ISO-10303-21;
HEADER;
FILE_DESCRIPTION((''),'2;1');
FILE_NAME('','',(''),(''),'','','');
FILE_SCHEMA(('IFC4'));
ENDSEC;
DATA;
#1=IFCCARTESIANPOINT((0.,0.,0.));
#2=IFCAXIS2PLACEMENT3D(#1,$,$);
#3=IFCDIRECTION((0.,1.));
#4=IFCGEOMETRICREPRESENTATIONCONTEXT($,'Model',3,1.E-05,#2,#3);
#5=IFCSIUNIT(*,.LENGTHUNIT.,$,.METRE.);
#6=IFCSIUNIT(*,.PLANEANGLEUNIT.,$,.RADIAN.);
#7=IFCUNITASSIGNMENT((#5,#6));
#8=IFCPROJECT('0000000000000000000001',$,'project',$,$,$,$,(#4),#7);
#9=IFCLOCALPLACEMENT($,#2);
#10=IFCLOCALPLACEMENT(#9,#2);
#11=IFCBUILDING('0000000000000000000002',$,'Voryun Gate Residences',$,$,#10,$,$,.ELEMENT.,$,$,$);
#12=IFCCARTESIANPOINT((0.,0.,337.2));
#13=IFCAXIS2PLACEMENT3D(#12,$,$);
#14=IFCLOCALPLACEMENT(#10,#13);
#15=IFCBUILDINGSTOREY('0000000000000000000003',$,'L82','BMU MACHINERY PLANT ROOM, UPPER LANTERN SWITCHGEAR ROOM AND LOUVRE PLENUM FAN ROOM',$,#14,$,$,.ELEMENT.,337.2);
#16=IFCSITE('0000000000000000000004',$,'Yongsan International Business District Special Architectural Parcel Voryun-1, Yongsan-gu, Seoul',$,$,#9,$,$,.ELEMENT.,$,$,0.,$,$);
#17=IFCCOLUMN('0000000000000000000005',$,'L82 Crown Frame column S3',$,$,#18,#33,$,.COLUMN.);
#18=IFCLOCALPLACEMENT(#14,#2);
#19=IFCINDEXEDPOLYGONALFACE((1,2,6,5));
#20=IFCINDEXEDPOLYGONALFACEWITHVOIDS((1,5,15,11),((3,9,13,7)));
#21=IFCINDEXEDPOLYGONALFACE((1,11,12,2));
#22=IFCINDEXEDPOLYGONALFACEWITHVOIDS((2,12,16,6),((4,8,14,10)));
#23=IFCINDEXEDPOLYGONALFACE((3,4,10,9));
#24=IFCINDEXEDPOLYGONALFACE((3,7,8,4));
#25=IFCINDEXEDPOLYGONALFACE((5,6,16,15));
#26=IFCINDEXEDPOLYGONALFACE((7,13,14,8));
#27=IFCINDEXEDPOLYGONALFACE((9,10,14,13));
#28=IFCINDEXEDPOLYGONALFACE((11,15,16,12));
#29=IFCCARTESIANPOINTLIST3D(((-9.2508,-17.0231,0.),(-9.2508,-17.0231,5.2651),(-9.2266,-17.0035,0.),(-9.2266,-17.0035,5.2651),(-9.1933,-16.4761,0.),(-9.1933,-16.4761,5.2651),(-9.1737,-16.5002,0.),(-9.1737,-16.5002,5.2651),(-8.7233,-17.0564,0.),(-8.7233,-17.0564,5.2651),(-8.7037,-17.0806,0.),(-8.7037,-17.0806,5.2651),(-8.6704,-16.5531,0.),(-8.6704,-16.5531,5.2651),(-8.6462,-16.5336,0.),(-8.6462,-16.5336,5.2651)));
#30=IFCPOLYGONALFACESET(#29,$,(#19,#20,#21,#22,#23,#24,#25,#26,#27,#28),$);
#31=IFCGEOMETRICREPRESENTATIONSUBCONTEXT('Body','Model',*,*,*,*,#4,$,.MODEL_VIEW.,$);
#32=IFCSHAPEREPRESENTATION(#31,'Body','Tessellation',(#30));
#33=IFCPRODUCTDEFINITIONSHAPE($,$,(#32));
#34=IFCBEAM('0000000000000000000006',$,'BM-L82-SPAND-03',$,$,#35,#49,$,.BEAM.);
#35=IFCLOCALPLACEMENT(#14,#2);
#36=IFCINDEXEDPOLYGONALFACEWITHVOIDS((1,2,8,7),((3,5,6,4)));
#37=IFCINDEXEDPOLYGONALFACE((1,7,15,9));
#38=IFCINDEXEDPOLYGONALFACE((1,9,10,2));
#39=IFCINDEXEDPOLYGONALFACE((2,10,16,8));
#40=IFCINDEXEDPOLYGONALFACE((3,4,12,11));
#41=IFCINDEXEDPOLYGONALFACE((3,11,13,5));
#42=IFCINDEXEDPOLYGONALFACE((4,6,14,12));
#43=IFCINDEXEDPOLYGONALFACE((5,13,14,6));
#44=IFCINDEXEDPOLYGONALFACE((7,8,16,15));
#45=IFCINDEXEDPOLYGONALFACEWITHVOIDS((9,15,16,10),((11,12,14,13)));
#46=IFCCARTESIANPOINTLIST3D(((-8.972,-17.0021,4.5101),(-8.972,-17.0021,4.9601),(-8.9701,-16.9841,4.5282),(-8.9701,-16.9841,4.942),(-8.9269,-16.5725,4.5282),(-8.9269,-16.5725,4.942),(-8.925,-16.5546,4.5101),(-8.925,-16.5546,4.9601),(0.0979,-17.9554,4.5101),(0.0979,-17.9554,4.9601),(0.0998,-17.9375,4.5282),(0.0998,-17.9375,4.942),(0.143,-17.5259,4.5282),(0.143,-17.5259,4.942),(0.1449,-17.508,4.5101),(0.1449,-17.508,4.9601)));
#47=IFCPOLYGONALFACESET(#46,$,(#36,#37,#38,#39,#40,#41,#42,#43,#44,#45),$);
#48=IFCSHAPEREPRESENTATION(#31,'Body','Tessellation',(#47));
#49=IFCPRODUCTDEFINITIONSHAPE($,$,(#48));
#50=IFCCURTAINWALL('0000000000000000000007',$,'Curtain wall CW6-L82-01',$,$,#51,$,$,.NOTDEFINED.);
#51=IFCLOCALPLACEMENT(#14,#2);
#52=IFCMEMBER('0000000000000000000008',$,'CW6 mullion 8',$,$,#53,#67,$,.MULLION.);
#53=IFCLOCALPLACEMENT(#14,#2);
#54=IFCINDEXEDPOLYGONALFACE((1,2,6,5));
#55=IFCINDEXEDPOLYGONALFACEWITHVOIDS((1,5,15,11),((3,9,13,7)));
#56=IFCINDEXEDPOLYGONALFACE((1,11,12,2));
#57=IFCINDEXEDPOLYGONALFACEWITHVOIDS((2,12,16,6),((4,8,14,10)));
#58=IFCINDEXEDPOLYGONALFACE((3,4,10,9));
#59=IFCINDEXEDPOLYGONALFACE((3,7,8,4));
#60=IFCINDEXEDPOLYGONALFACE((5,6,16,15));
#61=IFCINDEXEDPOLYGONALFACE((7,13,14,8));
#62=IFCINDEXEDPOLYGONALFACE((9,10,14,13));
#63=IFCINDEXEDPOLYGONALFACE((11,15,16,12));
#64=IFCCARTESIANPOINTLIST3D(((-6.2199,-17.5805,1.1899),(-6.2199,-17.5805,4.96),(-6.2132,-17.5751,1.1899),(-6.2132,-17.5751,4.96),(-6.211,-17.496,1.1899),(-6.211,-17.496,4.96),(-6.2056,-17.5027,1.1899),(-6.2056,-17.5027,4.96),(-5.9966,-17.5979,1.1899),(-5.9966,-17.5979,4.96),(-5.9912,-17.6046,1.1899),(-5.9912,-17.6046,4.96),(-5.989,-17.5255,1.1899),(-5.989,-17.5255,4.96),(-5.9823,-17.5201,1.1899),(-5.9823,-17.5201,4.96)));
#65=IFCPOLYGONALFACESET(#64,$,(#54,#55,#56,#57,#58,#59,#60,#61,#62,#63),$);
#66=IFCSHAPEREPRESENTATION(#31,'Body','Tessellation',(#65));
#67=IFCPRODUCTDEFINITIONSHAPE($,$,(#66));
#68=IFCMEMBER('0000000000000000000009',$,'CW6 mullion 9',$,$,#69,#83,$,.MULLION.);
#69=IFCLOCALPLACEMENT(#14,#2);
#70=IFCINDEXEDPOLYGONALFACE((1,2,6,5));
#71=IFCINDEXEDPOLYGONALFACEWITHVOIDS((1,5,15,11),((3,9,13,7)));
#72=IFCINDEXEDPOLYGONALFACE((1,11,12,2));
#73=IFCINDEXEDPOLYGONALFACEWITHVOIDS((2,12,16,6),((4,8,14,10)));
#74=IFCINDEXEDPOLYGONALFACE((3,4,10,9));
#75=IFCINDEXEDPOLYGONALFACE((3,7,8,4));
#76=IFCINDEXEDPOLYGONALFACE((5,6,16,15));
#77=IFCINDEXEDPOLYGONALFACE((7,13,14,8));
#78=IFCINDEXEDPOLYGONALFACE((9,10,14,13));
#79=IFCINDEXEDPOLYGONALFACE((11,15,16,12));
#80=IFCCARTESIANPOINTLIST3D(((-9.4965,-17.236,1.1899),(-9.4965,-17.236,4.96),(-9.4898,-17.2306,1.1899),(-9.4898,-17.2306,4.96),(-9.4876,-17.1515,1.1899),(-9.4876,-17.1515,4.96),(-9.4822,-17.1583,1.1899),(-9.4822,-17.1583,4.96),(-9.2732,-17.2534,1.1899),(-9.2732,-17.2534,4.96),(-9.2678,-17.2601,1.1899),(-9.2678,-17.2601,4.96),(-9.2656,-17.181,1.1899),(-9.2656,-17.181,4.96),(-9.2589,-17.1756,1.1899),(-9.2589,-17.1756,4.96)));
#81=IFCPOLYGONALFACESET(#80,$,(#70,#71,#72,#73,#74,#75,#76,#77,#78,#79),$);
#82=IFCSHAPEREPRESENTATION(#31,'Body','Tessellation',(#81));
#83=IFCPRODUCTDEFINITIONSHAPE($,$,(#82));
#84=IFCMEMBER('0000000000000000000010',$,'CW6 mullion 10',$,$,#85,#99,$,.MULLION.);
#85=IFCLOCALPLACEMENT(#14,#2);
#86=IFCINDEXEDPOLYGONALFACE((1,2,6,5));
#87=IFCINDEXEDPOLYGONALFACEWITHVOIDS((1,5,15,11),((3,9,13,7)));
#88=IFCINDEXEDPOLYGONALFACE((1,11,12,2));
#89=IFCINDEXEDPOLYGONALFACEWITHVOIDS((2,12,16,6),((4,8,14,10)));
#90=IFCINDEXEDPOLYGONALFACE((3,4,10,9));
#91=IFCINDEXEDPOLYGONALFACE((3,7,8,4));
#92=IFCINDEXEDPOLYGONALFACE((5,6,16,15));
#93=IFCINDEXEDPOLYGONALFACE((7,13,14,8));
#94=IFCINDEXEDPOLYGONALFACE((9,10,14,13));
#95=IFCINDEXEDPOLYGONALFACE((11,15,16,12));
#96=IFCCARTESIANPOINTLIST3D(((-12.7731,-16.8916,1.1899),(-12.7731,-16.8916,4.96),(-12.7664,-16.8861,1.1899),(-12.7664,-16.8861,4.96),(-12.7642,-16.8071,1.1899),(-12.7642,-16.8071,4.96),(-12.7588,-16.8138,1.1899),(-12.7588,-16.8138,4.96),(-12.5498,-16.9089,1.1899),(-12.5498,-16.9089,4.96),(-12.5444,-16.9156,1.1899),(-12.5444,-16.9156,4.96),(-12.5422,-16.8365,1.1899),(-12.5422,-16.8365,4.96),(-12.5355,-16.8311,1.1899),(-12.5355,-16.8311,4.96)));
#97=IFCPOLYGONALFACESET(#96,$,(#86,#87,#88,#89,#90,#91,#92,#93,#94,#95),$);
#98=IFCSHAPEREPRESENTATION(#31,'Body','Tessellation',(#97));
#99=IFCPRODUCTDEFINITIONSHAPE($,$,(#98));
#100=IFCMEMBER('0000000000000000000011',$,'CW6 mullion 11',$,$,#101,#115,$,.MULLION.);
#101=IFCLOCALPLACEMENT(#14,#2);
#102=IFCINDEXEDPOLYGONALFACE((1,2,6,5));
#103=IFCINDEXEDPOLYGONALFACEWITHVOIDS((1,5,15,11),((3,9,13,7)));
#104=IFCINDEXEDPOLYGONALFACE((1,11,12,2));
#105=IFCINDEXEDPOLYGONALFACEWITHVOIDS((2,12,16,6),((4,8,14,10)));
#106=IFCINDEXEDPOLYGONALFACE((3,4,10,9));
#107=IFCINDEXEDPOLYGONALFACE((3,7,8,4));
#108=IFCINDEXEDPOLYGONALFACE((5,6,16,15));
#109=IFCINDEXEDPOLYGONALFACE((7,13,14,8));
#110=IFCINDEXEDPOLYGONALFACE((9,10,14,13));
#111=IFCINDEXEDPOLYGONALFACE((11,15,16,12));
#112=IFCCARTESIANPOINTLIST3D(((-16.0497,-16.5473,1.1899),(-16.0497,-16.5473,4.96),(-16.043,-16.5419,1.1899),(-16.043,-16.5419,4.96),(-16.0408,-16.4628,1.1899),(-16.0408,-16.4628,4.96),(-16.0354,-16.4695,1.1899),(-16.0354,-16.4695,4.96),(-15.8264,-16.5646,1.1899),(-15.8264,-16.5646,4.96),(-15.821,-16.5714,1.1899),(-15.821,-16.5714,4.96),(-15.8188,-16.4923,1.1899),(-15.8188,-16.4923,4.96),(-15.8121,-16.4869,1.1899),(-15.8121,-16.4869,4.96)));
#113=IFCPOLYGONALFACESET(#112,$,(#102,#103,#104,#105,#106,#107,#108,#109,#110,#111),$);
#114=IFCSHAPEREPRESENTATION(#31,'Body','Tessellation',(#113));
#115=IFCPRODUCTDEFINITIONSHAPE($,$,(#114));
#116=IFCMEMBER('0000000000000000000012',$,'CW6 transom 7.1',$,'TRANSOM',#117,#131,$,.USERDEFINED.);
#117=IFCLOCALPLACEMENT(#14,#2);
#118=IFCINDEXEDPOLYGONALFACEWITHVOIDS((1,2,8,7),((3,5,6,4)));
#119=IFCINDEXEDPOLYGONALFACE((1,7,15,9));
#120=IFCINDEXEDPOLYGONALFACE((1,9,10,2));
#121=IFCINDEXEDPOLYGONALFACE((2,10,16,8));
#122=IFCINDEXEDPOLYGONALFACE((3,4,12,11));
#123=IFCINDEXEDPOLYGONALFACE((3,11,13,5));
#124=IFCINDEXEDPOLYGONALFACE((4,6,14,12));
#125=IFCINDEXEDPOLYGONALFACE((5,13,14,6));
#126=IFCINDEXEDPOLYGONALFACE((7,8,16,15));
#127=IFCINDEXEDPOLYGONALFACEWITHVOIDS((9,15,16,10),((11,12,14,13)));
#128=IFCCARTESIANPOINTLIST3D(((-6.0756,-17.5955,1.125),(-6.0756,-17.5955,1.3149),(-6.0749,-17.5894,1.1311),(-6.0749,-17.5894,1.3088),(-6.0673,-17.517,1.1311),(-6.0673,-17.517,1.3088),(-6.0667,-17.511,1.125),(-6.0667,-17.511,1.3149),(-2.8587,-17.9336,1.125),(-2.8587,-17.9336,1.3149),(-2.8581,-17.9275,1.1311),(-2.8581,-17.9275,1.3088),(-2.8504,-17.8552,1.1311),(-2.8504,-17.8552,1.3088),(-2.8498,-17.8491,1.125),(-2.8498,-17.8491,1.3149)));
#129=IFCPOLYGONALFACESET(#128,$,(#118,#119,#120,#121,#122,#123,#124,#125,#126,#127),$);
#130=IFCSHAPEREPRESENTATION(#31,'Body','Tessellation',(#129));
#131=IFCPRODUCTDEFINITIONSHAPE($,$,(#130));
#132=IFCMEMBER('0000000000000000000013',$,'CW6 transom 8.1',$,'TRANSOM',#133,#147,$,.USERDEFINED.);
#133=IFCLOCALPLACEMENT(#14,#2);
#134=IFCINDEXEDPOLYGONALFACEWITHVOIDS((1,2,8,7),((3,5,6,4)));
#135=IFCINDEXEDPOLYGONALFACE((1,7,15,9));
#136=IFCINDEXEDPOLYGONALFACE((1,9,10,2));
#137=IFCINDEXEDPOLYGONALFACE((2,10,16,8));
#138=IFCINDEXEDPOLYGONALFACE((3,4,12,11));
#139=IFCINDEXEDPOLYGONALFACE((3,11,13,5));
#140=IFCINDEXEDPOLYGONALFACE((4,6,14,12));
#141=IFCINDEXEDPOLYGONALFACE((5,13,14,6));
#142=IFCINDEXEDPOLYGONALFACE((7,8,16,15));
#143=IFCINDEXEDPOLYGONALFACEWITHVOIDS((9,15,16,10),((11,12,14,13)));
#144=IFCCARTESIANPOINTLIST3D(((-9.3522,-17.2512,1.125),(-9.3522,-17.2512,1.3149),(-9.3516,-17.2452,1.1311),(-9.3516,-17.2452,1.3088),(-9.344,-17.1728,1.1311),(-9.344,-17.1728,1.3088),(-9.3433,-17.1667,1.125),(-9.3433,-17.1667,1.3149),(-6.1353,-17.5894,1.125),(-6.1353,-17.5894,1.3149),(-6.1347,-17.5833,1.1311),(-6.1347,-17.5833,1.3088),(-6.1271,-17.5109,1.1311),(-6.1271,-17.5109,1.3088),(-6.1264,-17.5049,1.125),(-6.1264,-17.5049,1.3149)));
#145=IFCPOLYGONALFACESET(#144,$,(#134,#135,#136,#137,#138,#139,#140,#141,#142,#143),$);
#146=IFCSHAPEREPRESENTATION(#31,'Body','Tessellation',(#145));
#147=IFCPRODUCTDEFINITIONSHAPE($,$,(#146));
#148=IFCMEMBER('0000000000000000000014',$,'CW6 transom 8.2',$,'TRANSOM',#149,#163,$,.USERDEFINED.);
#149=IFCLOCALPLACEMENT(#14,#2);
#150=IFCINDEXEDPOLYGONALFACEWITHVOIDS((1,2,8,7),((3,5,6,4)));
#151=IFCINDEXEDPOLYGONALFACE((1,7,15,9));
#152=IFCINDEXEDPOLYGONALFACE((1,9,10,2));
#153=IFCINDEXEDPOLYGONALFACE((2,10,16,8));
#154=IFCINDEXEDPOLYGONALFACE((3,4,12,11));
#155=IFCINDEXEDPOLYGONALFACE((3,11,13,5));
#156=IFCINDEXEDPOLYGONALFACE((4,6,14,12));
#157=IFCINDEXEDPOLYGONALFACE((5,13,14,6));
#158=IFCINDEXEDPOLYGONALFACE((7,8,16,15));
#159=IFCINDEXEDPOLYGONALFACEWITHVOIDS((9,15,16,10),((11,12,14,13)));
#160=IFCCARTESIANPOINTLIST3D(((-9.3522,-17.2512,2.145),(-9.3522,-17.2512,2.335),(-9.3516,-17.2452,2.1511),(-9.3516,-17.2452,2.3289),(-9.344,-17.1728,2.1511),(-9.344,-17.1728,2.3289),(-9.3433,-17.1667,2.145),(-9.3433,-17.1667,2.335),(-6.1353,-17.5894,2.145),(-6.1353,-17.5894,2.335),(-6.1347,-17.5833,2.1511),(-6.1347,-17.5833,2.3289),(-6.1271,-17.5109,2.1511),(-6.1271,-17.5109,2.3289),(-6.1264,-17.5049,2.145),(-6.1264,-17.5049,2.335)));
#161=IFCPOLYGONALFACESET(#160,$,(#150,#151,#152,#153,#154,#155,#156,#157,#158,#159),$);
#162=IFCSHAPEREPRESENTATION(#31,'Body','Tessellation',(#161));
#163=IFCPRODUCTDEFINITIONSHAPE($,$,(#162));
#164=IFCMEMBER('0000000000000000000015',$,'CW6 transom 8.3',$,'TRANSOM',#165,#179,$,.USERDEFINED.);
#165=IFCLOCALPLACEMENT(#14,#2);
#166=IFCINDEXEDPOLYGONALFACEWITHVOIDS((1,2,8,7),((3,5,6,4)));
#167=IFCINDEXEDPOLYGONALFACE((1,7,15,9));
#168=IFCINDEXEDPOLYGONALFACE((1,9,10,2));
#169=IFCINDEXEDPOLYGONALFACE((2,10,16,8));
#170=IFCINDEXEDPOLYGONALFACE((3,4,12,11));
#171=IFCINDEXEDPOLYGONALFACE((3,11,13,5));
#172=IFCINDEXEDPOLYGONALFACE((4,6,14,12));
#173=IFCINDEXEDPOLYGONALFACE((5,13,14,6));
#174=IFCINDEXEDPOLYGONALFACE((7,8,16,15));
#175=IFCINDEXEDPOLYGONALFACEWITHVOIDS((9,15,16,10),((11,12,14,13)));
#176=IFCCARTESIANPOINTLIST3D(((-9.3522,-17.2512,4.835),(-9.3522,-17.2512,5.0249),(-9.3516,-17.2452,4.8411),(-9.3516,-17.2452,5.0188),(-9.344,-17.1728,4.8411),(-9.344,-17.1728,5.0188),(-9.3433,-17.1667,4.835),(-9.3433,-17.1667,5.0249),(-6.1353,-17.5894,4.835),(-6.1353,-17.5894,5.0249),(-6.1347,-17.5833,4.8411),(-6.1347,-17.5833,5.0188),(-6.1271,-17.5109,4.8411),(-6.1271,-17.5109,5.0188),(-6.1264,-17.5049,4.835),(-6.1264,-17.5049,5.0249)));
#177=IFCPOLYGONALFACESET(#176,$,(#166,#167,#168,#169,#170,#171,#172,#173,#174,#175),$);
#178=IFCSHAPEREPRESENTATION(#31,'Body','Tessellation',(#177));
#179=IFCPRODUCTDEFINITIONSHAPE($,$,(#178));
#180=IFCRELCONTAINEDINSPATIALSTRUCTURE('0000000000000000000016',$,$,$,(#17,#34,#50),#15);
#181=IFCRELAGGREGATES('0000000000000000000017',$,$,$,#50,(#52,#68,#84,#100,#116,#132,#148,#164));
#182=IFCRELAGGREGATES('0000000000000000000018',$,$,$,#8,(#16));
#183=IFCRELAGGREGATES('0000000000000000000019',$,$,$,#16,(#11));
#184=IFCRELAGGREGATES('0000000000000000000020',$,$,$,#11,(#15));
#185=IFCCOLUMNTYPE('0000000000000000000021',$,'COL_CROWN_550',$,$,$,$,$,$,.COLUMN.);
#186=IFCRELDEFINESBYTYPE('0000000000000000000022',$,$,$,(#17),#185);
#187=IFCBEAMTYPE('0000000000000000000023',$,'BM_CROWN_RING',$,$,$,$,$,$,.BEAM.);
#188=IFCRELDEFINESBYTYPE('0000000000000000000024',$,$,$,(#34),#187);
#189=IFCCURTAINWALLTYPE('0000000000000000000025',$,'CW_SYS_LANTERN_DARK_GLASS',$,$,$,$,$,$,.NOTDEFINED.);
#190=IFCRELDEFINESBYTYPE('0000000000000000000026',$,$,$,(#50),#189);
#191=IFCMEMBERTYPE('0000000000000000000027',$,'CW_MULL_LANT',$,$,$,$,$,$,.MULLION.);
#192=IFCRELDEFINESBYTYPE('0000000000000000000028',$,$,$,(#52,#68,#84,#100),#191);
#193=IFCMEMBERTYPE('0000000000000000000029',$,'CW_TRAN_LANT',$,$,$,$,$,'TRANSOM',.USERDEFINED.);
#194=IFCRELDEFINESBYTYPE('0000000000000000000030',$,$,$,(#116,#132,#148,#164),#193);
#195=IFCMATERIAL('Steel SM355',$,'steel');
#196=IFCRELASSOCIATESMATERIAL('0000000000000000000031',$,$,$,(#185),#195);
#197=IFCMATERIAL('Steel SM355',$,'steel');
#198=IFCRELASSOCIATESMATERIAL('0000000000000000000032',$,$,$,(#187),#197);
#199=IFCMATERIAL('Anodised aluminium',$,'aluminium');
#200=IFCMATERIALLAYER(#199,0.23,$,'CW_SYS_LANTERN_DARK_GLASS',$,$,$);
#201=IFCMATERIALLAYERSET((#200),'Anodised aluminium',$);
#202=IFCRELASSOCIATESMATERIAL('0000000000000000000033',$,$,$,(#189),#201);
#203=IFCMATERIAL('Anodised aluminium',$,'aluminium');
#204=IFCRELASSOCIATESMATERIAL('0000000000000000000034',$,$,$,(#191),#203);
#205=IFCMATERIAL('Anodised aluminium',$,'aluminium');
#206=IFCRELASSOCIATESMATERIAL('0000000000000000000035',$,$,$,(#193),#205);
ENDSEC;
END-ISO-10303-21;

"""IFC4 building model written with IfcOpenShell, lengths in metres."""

from ifc_helpers import new_model, si_unit, direction, frame, origin, origin_2d, place, context, subcontext, project, spatial, hollow_rectangle, extrude, material, layer, layer_set, material_profile, profile_set, type_object, element, aggregate, save


model = new_model("IFC4")

# Units and contexts
model_context = context("Model", 3, precision=1e-05, world=origin(), true_north=direction((0.0, 1.0)))
body_context = subcontext(model_context, "Body", "Model", "MODEL_VIEW")
ifc_project = project(units=[si_unit("LENGTHUNIT", "METRE"), si_unit("PLANEANGLEUNIT", "RADIAN")], contexts=[model_context])

# Site, building, storey
site_placement = place(None, origin())
site = spatial("IfcSite", under=ifc_project, at=site_placement, Name="Yongsan International Business District Special Architectural Parcel Voryun-1, Yongsan-gu, Seoul", CompositionType="ELEMENT", RefElevation=0.0)
building_placement = place(site_placement, origin())
building = spatial("IfcBuilding", under=site, at=building_placement, Name="Voryun Gate Residences", CompositionType="ELEMENT")
storey_placement = place(building_placement, frame((0.0, 0.0, 337.2)))
storey = spatial("IfcBuildingStorey", under=building, at=storey_placement, Name="L82", Description="BMU MACHINERY PLANT ROOM, UPPER LANTERN SWITCHGEAR ROOM AND LOUVRE PLENUM FAN ROOM", CompositionType="ELEMENT", Elevation=337.2)

# Column
ifc_material_1 = material(Name="Steel SM355", Category="steel")
ifc_material_profile_1 = material_profile(ifc_material_1, hollow_rectangle(XDim=0.55, YDim=0.55, WallThickness=0.022, at=origin_2d()), Name="BOX-550x550x22")
ifc_profile_set_1 = profile_set([ifc_material_profile_1], Name="Steel SM355")
column_type = type_object("IfcColumnType", Name="COL_CROWN_550", PredefinedType="COLUMN", material=ifc_profile_set_1)
column_placement = place(storey_placement, frame((-8.9485, -16.7783, 0.0), z_axis=(0.0, 0.0, 1.0), x_axis=(0.994522, -0.104528, 0.0)))
element("IfcColumn", 1, at=column_placement, inside=storey, type_object=column_type, Name="L82 Crown Frame column S3", PredefinedType="COLUMN", context=body_context, shape_type="SweptSolid", body=[
    extrude(hollow_rectangle(XDim=0.55, YDim=0.55, WallThickness=0.022, at=origin_2d()), origin(), (0.0, 0.0, 1.0), 5.2651),
])

# Beam
ifc_material_2 = material(Name="Steel SM355", Category="steel")
ifc_material_profile_2 = material_profile(ifc_material_2, hollow_rectangle(XDim=0.45, YDim=0.45, WallThickness=0.0181, at=origin_2d()), Name="BOX-450x450x18")
ifc_profile_set_2 = profile_set([ifc_material_profile_2], Name="Steel SM355")
beam_type = type_object("IfcBeamType", Name="BM_CROWN_RING", PredefinedType="BEAM", material=ifc_profile_set_2)
beam_placement = place(storey_placement, frame((-8.9485, -16.7783, 4.7351), z_axis=(0.994521, -0.104538, 0.0), x_axis=(0.104538, 0.994521, 0.0)))
element("IfcBeam", 2, at=beam_placement, inside=storey, type_object=beam_type, Name="BM-L82-SPAND-03", PredefinedType="BEAM", context=body_context, shape_type="SweptSolid", body=[
    extrude(hollow_rectangle(XDim=0.45, YDim=0.45, WallThickness=0.0181, at=origin_2d()), origin(), (0.0, 0.0, 1.0), 9.1199),
])

# Curtain wall, members
ifc_material_3 = material(Name="Anodised aluminium", Category="aluminium")
ifc_layer_1 = layer(ifc_material_3, 0.23, Name="CW_SYS_LANTERN_DARK_GLASS")
ifc_layer_set_1 = layer_set([ifc_layer_1], Name="Anodised aluminium")
curtain_wall_type = type_object("IfcCurtainWallType", Name="CW_SYS_LANTERN_DARK_GLASS", PredefinedType="NOTDEFINED", material=ifc_layer_set_1)
curtain_wall_placement = place(storey_placement, origin())
curtain_wall = element("IfcCurtainWall", 3, at=curtain_wall_placement, inside=storey, type_object=curtain_wall_type, Name="Curtain wall CW6-L82-01", PredefinedType="NOTDEFINED")
ifc_material_4 = material(Name="Anodised aluminium", Category="aluminium")
ifc_material_profile_3 = material_profile(ifc_material_4, hollow_rectangle(XDim=0.085, YDim=0.23, WallThickness=0.0061, at=origin_2d()), Name="ALU-MULL-230x85x6")
ifc_profile_set_3 = profile_set([ifc_material_profile_3], Name="Anodised aluminium")
member_type_1 = type_object("IfcMemberType", Name="CW_MULL_LANT", PredefinedType="MULLION", material=ifc_profile_set_3)
member_1_placement = place(storey_placement, frame((-6.1011, -17.5503, 1.1899), z_axis=(0.0, 0.0, 1.0), x_axis=(-0.104528, -0.994522, 0.0)))
member_1 = element("IfcMember", 4, at=member_1_placement, type_object=member_type_1, Name="CW6 mullion 8", PredefinedType="MULLION", context=body_context, shape_type="SweptSolid", body=[
    extrude(hollow_rectangle(XDim=0.085, YDim=0.23, WallThickness=0.0061, at=origin_2d()), origin(), (0.0, 0.0, 1.0), 3.77),
])
member_2_placement = place(storey_placement, frame((-9.3777, -17.2058, 1.1899), z_axis=(0.0, 0.0, 1.0), x_axis=(-0.104528, -0.994522, 0.0)))
member_2 = element("IfcMember", 5, at=member_2_placement, type_object=member_type_1, Name="CW6 mullion 9", PredefinedType="MULLION", context=body_context, shape_type="SweptSolid", body=[
    extrude(hollow_rectangle(XDim=0.085, YDim=0.23, WallThickness=0.0061, at=origin_2d()), origin(), (0.0, 0.0, 1.0), 3.77),
])
member_3_placement = place(storey_placement, frame((-12.6543, -16.8613, 1.1899), z_axis=(0.0, 0.0, 1.0), x_axis=(-0.104528, -0.994522, 0.0)))
member_3 = element("IfcMember", 6, at=member_3_placement, type_object=member_type_1, Name="CW6 mullion 10", PredefinedType="MULLION", context=body_context, shape_type="SweptSolid", body=[
    extrude(hollow_rectangle(XDim=0.085, YDim=0.23, WallThickness=0.0061, at=origin_2d()), origin(), (0.0, 0.0, 1.0), 3.77),
])
member_4_placement = place(storey_placement, frame((-15.9309, -16.5171, 1.1899), z_axis=(0.0, 0.0, 1.0), x_axis=(-0.104528, -0.994522, 0.0)))
member_4 = element("IfcMember", 7, at=member_4_placement, type_object=member_type_1, Name="CW6 mullion 11", PredefinedType="MULLION", context=body_context, shape_type="SweptSolid", body=[
    extrude(hollow_rectangle(XDim=0.085, YDim=0.23, WallThickness=0.0061, at=origin_2d()), origin(), (0.0, 0.0, 1.0), 3.77),
])
ifc_material_5 = material(Name="Anodised aluminium", Category="aluminium")
ifc_material_profile_4 = material_profile(ifc_material_5, hollow_rectangle(XDim=0.085, YDim=0.1899, WallThickness=0.0061, at=origin_2d()), Name="ALU-TRAN-190x85x6")
ifc_profile_set_4 = profile_set([ifc_material_profile_4], Name="Anodised aluminium")
member_type_2 = type_object("IfcMemberType", Name="CW_TRAN_LANT", ElementType="TRANSOM", PredefinedType="USERDEFINED", material=ifc_profile_set_4)
member_5_placement = place(storey_placement, frame((-2.8542, -17.8914, 1.22), z_axis=(-0.994521, 0.104539, 0.0), x_axis=(-0.104539, -0.994521, 0.0)))
member_5 = element("IfcMember", 8, at=member_5_placement, type_object=member_type_2, Name="CW6 transom 7.1", ObjectType="TRANSOM", PredefinedType="USERDEFINED", context=body_context, shape_type="SweptSolid", body=[
    extrude(hollow_rectangle(XDim=0.085, YDim=0.1899, WallThickness=0.0061, at=origin_2d()), origin(), (0.0, 0.0, 1.0), 3.2346),
])
member_6_placement = place(storey_placement, frame((-6.1309, -17.5471, 1.22), z_axis=(-0.994521, 0.104539, 0.0), x_axis=(-0.104539, -0.994521, 0.0)))
member_6 = element("IfcMember", 9, at=member_6_placement, type_object=member_type_2, Name="CW6 transom 8.1", ObjectType="TRANSOM", PredefinedType="USERDEFINED", context=body_context, shape_type="SweptSolid", body=[
    extrude(hollow_rectangle(XDim=0.085, YDim=0.1899, WallThickness=0.0061, at=origin_2d()), origin(), (0.0, 0.0, 1.0), 3.2346),
])
member_7_placement = place(storey_placement, frame((-6.1309, -17.5471, 2.24), z_axis=(-0.994521, 0.104539, 0.0), x_axis=(-0.104539, -0.994521, 0.0)))
member_7 = element("IfcMember", 10, at=member_7_placement, type_object=member_type_2, Name="CW6 transom 8.2", ObjectType="TRANSOM", PredefinedType="USERDEFINED", context=body_context, shape_type="SweptSolid", body=[
    extrude(hollow_rectangle(XDim=0.085, YDim=0.1899, WallThickness=0.0061, at=origin_2d()), origin(), (0.0, 0.0, 1.0), 3.2346),
])
member_8_placement = place(storey_placement, frame((-6.1309, -17.5471, 4.9299), z_axis=(-0.994521, 0.104539, 0.0), x_axis=(-0.104539, -0.994521, 0.0)))
member_8 = element("IfcMember", 11, at=member_8_placement, type_object=member_type_2, Name="CW6 transom 8.3", ObjectType="TRANSOM", PredefinedType="USERDEFINED", context=body_context, shape_type="SweptSolid", body=[
    extrude(hollow_rectangle(XDim=0.085, YDim=0.1899, WallThickness=0.0061, at=origin_2d()), origin(), (0.0, 0.0, 1.0), 3.2346),
])

aggregate(curtain_wall, [member_1, member_2, member_3, member_4, member_5, member_6, member_7, member_8])

save(model, "model.ifc")
